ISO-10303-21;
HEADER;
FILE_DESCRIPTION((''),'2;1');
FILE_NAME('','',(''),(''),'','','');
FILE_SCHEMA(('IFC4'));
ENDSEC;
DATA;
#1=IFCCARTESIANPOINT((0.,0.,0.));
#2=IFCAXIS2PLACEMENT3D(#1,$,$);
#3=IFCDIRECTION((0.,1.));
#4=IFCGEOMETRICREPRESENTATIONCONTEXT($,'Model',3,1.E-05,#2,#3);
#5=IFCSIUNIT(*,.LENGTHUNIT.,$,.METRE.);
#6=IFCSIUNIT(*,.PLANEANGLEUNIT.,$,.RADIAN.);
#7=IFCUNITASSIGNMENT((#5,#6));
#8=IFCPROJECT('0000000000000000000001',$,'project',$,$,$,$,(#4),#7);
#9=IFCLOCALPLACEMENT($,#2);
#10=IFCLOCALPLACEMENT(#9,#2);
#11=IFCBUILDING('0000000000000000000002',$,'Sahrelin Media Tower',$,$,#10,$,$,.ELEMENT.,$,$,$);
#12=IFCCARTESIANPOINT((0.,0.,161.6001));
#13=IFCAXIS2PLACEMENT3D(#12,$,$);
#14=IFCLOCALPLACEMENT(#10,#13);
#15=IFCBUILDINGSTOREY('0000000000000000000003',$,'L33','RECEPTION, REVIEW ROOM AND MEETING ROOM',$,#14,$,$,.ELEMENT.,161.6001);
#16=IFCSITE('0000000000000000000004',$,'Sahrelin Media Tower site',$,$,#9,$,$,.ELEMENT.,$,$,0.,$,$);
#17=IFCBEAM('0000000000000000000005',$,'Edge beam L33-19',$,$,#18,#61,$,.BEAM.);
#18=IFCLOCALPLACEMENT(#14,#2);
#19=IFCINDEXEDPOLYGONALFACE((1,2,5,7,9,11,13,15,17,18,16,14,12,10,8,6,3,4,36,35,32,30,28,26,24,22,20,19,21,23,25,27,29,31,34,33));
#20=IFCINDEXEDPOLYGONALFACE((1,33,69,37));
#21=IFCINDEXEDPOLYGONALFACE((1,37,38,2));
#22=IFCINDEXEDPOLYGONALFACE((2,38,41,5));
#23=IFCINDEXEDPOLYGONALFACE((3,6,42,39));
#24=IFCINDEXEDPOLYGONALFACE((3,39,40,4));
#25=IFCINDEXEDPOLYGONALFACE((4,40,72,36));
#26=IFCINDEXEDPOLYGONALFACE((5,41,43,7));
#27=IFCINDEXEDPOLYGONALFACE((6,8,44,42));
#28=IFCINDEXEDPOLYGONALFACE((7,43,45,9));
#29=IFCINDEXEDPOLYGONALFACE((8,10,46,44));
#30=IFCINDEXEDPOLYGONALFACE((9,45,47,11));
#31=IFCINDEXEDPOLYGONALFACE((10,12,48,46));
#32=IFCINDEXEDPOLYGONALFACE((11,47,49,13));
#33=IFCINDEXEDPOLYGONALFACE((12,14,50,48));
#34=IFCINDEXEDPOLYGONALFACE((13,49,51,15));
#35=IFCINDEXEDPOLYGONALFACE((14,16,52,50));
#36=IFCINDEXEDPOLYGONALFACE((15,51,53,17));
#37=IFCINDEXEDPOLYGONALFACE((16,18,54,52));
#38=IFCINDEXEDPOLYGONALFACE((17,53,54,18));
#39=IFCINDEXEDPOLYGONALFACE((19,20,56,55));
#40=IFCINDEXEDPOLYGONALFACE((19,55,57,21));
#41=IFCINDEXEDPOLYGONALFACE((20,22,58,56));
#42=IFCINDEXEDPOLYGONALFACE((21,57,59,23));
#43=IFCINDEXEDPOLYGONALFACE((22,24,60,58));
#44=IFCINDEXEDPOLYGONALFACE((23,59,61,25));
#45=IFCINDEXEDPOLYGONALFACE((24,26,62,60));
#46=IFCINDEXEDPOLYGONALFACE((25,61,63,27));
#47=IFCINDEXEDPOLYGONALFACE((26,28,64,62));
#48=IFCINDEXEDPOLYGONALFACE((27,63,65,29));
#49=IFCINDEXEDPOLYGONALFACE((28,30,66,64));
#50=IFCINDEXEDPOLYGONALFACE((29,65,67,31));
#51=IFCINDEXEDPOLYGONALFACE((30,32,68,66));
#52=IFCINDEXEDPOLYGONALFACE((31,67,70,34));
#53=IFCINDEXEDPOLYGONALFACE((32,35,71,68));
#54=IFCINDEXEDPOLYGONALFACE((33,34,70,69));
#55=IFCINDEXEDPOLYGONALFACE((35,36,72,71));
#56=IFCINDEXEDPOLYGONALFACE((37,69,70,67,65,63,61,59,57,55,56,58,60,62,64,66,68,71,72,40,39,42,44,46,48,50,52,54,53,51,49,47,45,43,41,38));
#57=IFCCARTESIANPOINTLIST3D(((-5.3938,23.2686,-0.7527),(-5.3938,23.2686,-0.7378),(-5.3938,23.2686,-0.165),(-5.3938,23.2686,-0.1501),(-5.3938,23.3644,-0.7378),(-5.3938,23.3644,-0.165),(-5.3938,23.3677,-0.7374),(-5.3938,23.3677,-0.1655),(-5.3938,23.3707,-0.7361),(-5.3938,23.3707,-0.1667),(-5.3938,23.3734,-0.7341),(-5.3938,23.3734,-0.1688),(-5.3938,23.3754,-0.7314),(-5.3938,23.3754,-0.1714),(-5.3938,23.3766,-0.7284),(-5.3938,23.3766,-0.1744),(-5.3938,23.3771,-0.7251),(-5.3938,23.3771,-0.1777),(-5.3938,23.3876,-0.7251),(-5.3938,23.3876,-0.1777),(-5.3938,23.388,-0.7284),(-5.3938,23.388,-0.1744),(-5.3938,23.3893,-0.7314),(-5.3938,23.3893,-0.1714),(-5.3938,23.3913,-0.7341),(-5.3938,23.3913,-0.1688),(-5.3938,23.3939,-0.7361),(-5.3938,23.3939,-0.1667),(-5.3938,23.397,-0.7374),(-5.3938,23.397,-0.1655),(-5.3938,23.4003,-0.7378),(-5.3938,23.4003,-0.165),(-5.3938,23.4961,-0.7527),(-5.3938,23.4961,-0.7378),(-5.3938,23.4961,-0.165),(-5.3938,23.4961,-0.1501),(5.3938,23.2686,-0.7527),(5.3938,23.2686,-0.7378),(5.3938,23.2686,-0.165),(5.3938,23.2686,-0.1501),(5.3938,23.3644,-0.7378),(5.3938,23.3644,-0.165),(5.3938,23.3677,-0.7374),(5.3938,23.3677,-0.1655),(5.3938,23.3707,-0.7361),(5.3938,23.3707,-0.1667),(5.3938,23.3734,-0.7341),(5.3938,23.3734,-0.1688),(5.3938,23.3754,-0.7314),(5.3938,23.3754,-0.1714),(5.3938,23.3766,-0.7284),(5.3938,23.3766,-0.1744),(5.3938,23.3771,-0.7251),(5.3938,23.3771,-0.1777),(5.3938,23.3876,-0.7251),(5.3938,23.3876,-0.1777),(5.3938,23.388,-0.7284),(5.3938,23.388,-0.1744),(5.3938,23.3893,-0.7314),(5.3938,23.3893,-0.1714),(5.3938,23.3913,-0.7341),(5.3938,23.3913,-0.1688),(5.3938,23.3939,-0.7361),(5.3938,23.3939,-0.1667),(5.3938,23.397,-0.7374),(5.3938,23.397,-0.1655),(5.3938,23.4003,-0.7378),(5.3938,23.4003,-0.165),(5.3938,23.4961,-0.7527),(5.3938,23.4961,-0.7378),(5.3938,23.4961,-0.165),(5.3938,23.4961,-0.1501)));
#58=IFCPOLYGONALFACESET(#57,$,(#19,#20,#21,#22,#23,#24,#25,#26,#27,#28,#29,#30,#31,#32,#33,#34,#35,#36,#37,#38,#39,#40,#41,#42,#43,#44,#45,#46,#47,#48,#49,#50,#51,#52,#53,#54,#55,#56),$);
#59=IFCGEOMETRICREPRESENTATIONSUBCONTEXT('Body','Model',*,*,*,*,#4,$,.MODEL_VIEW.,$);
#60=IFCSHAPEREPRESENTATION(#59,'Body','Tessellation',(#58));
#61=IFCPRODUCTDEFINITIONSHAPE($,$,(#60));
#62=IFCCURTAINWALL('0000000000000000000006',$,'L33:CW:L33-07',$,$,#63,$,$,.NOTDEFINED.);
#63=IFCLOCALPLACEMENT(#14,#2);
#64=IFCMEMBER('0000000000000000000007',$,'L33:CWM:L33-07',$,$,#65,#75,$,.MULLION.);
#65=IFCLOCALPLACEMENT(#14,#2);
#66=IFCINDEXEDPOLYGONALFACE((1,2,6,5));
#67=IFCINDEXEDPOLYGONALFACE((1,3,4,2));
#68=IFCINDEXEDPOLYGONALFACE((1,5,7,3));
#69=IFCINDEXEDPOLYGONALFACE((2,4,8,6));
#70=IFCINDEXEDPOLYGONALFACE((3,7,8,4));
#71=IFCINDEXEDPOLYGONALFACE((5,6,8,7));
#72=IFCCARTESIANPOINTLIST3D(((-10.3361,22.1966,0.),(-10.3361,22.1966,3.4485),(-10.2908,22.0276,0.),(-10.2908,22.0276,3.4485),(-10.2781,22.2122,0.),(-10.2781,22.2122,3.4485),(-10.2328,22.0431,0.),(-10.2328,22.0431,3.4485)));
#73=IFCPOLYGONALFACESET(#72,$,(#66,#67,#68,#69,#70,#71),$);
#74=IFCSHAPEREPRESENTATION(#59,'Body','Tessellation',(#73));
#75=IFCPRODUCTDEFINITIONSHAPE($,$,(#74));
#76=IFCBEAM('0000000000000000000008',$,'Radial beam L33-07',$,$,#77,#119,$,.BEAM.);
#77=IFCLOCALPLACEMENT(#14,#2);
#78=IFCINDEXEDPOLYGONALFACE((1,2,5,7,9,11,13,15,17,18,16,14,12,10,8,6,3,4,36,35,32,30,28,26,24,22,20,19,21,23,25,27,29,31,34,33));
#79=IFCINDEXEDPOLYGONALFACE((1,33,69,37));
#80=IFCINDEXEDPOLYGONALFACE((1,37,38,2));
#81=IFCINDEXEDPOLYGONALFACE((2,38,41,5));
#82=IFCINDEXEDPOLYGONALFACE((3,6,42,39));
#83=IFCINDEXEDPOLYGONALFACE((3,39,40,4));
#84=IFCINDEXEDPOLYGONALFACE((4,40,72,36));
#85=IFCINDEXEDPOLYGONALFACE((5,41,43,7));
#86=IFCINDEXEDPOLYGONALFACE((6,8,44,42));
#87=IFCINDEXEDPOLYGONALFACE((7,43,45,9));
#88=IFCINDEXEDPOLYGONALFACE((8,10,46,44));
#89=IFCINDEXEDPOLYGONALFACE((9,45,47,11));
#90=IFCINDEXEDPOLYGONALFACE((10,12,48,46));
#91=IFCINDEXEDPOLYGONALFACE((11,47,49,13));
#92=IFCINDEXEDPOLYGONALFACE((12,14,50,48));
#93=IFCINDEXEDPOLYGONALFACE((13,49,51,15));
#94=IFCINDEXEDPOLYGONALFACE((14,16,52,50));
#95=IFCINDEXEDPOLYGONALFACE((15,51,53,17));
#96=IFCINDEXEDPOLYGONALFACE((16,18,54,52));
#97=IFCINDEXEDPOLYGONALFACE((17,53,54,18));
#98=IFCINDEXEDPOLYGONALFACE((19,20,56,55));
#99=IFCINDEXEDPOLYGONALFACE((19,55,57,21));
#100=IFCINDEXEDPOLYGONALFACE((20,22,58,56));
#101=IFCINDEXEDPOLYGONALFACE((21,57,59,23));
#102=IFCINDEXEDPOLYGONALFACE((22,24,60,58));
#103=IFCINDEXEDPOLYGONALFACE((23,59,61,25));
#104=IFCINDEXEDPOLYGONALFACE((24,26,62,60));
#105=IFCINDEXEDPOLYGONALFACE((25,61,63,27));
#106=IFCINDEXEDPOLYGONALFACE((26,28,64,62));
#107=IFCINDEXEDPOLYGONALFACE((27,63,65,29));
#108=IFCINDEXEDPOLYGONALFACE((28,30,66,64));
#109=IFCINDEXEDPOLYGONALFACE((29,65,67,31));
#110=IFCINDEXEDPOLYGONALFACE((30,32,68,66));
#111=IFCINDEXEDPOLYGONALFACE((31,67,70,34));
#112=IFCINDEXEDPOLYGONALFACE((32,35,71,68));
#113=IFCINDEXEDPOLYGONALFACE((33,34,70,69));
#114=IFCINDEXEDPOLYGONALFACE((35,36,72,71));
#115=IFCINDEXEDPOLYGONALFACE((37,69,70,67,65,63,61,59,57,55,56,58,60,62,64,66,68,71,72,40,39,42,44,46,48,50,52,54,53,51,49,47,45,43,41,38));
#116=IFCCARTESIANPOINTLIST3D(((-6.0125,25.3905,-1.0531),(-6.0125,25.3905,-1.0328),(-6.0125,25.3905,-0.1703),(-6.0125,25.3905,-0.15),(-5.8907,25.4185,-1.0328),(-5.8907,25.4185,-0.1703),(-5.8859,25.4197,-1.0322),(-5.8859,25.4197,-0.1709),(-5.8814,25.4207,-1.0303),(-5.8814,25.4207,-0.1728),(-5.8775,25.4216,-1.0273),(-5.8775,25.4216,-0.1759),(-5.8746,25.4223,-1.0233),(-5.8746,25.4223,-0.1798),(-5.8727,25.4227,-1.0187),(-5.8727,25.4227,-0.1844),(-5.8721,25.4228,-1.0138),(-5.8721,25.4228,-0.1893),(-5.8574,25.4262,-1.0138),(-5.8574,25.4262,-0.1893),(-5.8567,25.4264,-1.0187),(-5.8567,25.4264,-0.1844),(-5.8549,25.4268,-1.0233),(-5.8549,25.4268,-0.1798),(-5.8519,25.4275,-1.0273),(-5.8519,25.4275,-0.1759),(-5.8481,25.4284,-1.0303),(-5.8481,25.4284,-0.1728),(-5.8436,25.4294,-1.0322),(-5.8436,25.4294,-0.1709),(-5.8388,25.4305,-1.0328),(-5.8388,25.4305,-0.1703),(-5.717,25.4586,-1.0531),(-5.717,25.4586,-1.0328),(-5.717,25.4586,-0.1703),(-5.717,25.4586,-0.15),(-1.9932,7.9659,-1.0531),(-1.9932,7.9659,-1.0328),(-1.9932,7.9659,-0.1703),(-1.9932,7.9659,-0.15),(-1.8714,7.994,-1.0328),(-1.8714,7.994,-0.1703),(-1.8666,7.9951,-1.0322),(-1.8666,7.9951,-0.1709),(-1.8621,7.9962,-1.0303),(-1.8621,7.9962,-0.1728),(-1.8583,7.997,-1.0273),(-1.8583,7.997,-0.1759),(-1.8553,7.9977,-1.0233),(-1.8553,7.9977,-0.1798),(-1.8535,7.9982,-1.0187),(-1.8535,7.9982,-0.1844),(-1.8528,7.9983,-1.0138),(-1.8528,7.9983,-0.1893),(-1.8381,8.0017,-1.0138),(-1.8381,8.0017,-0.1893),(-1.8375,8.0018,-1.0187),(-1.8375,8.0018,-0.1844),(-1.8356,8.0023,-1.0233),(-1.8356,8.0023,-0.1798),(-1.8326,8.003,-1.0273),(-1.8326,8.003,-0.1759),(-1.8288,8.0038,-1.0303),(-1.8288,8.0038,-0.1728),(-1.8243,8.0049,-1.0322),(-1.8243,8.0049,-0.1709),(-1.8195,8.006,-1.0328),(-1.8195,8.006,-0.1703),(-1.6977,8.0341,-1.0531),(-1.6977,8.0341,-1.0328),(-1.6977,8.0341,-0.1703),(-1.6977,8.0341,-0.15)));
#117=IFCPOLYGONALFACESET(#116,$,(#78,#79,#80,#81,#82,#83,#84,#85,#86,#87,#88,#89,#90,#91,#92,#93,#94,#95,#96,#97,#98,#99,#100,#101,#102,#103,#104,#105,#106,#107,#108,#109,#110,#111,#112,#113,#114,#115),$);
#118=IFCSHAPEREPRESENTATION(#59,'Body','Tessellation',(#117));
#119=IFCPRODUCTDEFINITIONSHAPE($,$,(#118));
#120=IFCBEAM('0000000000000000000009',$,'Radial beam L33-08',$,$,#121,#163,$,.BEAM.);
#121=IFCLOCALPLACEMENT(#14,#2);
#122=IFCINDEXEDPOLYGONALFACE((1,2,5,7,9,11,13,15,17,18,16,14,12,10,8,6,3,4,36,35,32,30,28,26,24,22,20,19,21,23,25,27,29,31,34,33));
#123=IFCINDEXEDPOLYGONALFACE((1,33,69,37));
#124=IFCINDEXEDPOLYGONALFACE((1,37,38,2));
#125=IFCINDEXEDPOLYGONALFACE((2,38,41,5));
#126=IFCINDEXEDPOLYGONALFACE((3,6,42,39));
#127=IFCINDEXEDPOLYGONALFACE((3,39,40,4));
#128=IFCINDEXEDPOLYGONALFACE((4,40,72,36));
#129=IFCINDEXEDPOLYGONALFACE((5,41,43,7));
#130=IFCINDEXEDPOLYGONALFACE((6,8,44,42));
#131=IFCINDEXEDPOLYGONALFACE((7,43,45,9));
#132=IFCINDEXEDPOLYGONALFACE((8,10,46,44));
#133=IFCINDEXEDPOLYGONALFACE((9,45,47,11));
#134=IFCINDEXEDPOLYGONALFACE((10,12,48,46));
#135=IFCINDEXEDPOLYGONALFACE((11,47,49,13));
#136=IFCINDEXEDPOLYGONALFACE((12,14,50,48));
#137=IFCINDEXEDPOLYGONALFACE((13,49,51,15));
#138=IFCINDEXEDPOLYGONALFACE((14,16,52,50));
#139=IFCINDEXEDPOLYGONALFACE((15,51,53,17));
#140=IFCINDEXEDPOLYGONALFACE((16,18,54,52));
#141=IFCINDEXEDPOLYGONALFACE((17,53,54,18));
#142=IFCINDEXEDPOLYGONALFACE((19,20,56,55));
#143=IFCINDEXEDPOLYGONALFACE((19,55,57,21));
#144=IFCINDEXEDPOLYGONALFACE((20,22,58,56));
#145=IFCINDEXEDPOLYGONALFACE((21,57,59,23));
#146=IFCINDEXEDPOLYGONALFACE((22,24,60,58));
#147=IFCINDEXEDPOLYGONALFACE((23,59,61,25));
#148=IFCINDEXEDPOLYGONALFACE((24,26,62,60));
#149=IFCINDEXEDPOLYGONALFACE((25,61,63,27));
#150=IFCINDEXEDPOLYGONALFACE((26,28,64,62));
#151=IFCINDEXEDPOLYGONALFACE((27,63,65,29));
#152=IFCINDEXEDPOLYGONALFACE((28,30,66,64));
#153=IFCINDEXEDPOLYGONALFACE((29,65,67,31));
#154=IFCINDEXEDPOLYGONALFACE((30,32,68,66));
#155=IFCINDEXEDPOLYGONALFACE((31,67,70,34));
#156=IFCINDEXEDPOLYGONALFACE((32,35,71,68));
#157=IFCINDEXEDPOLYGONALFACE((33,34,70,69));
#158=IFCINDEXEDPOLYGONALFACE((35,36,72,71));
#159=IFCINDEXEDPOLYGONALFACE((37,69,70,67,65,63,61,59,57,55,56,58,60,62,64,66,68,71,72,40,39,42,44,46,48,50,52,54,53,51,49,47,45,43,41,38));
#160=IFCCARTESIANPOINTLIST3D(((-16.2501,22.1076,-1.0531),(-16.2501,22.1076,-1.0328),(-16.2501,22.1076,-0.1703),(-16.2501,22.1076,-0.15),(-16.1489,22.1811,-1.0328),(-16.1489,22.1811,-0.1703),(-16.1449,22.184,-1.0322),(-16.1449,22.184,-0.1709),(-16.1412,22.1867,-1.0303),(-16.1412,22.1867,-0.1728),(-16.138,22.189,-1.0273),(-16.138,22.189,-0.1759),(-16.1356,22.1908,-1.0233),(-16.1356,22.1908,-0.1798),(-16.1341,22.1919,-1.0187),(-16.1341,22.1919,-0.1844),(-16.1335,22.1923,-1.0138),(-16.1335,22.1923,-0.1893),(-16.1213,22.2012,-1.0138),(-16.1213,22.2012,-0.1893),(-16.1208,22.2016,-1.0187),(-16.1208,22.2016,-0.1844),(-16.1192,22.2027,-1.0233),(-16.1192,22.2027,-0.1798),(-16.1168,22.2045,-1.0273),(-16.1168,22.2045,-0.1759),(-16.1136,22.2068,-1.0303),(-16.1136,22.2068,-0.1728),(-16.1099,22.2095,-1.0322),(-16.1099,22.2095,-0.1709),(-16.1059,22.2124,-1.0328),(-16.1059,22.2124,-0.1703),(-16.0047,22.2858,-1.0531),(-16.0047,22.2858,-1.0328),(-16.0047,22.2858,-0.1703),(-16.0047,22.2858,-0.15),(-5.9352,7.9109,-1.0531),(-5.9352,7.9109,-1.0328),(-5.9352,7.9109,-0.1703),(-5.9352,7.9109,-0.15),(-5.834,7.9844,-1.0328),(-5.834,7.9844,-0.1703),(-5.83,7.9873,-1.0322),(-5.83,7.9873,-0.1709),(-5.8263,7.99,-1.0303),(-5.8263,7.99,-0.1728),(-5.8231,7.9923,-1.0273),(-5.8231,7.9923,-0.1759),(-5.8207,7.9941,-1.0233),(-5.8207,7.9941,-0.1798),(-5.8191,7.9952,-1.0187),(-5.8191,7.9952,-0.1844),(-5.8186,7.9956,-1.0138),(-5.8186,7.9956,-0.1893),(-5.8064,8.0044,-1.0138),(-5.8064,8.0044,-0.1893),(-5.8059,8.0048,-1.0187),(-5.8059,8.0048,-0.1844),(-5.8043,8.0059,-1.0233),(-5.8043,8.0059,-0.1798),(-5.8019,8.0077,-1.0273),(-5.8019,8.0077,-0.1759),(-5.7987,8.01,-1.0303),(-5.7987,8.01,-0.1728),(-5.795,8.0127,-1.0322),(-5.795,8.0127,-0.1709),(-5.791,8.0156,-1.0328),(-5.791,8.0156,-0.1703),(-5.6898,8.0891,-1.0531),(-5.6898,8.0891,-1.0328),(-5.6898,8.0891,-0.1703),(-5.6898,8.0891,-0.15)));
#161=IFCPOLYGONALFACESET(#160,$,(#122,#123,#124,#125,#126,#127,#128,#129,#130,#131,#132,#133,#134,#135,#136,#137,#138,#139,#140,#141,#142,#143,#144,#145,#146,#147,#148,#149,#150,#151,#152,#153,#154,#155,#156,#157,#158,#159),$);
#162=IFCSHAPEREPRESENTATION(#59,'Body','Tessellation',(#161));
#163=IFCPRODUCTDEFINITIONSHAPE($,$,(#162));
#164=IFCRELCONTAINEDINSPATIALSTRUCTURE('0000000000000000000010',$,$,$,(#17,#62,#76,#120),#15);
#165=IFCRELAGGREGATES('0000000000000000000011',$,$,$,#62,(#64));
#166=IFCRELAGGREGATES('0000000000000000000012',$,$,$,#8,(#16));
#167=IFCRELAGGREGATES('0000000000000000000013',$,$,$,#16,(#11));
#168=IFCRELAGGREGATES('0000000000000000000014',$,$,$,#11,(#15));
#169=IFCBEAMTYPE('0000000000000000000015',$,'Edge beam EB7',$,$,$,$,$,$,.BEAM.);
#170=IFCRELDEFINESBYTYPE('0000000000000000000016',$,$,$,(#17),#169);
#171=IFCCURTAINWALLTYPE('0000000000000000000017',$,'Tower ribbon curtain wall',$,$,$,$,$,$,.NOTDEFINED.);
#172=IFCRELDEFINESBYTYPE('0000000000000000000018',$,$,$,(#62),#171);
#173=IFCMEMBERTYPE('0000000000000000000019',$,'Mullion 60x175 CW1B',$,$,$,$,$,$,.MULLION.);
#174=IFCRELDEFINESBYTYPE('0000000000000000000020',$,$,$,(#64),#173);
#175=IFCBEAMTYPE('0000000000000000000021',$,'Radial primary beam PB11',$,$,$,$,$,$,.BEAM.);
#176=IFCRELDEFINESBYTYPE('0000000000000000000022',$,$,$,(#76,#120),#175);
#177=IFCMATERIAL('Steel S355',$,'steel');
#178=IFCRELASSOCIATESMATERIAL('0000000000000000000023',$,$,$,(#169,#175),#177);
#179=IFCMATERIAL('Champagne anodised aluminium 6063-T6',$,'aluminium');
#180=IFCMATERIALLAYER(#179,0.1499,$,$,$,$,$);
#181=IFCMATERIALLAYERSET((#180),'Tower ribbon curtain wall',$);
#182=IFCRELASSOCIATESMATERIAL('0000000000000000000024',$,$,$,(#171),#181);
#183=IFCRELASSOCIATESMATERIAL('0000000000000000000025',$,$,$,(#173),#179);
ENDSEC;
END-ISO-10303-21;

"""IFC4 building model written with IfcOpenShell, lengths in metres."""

from ifc_helpers import new_model, si_unit, direction, frame, origin, origin_2d, place, context, subcontext, project, spatial, rectangle, i_section, extrude, material, layer, layer_set, material_profile, profile_set, type_object, element, aggregate, save


model = new_model("IFC4")

# Units and contexts
model_context = context("Model", 3, precision=1e-05, world=origin(), true_north=direction((0.0, 1.0)))
body_context = subcontext(model_context, "Body", "Model", "MODEL_VIEW")
ifc_project = project(units=[si_unit("LENGTHUNIT", "METRE"), si_unit("PLANEANGLEUNIT", "RADIAN")], contexts=[model_context])

# Site, building, storey
site_placement = place(None, origin())
site = spatial("IfcSite", under=ifc_project, at=site_placement, Name="Sahrelin Media Tower site", CompositionType="ELEMENT", RefElevation=0.0)
building_placement = place(site_placement, origin())
building = spatial("IfcBuilding", under=site, at=building_placement, Name="Sahrelin Media Tower", CompositionType="ELEMENT")
storey_placement = place(building_placement, frame((0.0, 0.0, 161.6001)))
storey = spatial("IfcBuildingStorey", under=building, at=storey_placement, Name="L33", Description="RECEPTION, REVIEW ROOM AND MEETING ROOM", CompositionType="ELEMENT", Elevation=161.6001)

# Beam
ifc_material_1 = material(Name="Steel S355", Category="steel")
ifc_material_profile_1 = material_profile(ifc_material_1, i_section(OverallWidth=0.2275, OverallDepth=0.6025, WebThickness=0.0105, FlangeThickness=0.0149, FilletRadius=0.0127, at=origin_2d()), Name="UB 610x229x101")
ifc_profile_set_1 = profile_set([ifc_material_profile_1], Name="Steel S355")
beam_type_1 = type_object("IfcBeamType", Name="Edge beam EB7", PredefinedType="BEAM", material=ifc_profile_set_1)
beam_1_placement = place(storey_placement, frame((-5.3938, 23.3823, -0.4514), z_axis=(1.0, 0.0, 0.0), x_axis=(0.0, 1.0, 0.0)))
element("IfcBeam", 1, at=beam_1_placement, inside=storey, type_object=beam_type_1, Name="Edge beam L33-19", PredefinedType="BEAM", context=body_context, shape_type="SweptSolid", body=[
    extrude(i_section(OverallWidth=0.2275, OverallDepth=0.6025, WebThickness=0.0105, FlangeThickness=0.0149, FilletRadius=0.0127, at=origin_2d()), origin(), (0.0, 0.0, 1.0), 10.7876),
])

# Curtain wall, member
ifc_material_2 = material(Name="Champagne anodised aluminium 6063-T6", Category="aluminium")
ifc_layer_1 = layer(ifc_material_2, 0.1499)
ifc_layer_set_1 = layer_set([ifc_layer_1], Name="Tower ribbon curtain wall")
curtain_wall_type = type_object("IfcCurtainWallType", Name="Tower ribbon curtain wall", PredefinedType="NOTDEFINED", material=ifc_layer_set_1)
curtain_wall_placement = place(storey_placement, frame((-10.3123, 22.2236, 0.0), z_axis=(0.0, 0.0, 1.0), x_axis=(1.0, 0.0, 0.0)))
curtain_wall = element("IfcCurtainWall", 2, at=curtain_wall_placement, inside=storey, type_object=curtain_wall_type, Name="L33:CW:L33-07", PredefinedType="NOTDEFINED")
ifc_material_profile_2 = material_profile(ifc_material_2, rectangle(XDim=0.0601, YDim=0.175, at=origin_2d()), Name="Mullion 60x175")
ifc_profile_set_2 = profile_set([ifc_material_profile_2], Name="Champagne anodised aluminium 6063-T6")
member_type_1 = type_object("IfcMemberType", Name="Mullion 60x175 CW1B", PredefinedType="MULLION", material=ifc_profile_set_2)
member_1_placement = place(storey_placement, frame((-10.2844, 22.1199, 0.0), z_axis=(0.0, 0.0, 1.0), x_axis=(-0.965927, -0.258816, 0.0)))
member_1 = element("IfcMember", 3, at=member_1_placement, type_object=member_type_1, Name="L33:CWM:L33-07", PredefinedType="MULLION", context=body_context, shape_type="SweptSolid", body=[
    extrude(rectangle(XDim=0.0601, YDim=0.175, at=origin_2d()), origin(), (0.0, 0.0, 1.0), 3.4485),
])

# Beams
ifc_material_profile_3 = material_profile(ifc_material_1, i_section(OverallWidth=0.3032, OverallDepth=0.9031, WebThickness=0.0151, FlangeThickness=0.0203, FilletRadius=0.019, at=origin_2d()), Name="UB 914x305x201")
ifc_profile_set_3 = profile_set([ifc_material_profile_3], Name="Steel S355")
beam_type_2 = type_object("IfcBeamType", Name="Radial primary beam PB11", PredefinedType="BEAM", material=ifc_profile_set_3)
beam_2_placement = place(storey_placement, frame((-1.8455, 8.0, -0.6016), z_axis=(-0.224766, 0.974413, 0.0), x_axis=(-0.974413, -0.224766, 0.0)))
element("IfcBeam", 4, at=beam_2_placement, inside=storey, type_object=beam_type_2, Name="Radial beam L33-07", PredefinedType="BEAM", context=body_context, shape_type="SweptSolid", body=[
    extrude(i_section(OverallWidth=0.3032, OverallDepth=0.9031, WebThickness=0.0151, FlangeThickness=0.0203, FilletRadius=0.019, at=origin_2d()), origin(), (0.0, 0.0, 1.0), 17.8821),
])
beam_3_placement = place(storey_placement, frame((-5.8125, 8.0, -0.6016), z_axis=(-0.587799, 0.809007, 0.0), x_axis=(-0.809007, -0.587799, 0.0)))
element("IfcBeam", 5, at=beam_3_placement, inside=storey, type_object=beam_type_2, Name="Radial beam L33-08", PredefinedType="BEAM", context=body_context, shape_type="SweptSolid", body=[
    extrude(i_section(OverallWidth=0.3032, OverallDepth=0.9031, WebThickness=0.0151, FlangeThickness=0.0203, FilletRadius=0.019, at=origin_2d()), origin(), (0.0, 0.0, 1.0), 17.5483),
])

aggregate(curtain_wall, [member_1])

save(model, "model.ifc")
